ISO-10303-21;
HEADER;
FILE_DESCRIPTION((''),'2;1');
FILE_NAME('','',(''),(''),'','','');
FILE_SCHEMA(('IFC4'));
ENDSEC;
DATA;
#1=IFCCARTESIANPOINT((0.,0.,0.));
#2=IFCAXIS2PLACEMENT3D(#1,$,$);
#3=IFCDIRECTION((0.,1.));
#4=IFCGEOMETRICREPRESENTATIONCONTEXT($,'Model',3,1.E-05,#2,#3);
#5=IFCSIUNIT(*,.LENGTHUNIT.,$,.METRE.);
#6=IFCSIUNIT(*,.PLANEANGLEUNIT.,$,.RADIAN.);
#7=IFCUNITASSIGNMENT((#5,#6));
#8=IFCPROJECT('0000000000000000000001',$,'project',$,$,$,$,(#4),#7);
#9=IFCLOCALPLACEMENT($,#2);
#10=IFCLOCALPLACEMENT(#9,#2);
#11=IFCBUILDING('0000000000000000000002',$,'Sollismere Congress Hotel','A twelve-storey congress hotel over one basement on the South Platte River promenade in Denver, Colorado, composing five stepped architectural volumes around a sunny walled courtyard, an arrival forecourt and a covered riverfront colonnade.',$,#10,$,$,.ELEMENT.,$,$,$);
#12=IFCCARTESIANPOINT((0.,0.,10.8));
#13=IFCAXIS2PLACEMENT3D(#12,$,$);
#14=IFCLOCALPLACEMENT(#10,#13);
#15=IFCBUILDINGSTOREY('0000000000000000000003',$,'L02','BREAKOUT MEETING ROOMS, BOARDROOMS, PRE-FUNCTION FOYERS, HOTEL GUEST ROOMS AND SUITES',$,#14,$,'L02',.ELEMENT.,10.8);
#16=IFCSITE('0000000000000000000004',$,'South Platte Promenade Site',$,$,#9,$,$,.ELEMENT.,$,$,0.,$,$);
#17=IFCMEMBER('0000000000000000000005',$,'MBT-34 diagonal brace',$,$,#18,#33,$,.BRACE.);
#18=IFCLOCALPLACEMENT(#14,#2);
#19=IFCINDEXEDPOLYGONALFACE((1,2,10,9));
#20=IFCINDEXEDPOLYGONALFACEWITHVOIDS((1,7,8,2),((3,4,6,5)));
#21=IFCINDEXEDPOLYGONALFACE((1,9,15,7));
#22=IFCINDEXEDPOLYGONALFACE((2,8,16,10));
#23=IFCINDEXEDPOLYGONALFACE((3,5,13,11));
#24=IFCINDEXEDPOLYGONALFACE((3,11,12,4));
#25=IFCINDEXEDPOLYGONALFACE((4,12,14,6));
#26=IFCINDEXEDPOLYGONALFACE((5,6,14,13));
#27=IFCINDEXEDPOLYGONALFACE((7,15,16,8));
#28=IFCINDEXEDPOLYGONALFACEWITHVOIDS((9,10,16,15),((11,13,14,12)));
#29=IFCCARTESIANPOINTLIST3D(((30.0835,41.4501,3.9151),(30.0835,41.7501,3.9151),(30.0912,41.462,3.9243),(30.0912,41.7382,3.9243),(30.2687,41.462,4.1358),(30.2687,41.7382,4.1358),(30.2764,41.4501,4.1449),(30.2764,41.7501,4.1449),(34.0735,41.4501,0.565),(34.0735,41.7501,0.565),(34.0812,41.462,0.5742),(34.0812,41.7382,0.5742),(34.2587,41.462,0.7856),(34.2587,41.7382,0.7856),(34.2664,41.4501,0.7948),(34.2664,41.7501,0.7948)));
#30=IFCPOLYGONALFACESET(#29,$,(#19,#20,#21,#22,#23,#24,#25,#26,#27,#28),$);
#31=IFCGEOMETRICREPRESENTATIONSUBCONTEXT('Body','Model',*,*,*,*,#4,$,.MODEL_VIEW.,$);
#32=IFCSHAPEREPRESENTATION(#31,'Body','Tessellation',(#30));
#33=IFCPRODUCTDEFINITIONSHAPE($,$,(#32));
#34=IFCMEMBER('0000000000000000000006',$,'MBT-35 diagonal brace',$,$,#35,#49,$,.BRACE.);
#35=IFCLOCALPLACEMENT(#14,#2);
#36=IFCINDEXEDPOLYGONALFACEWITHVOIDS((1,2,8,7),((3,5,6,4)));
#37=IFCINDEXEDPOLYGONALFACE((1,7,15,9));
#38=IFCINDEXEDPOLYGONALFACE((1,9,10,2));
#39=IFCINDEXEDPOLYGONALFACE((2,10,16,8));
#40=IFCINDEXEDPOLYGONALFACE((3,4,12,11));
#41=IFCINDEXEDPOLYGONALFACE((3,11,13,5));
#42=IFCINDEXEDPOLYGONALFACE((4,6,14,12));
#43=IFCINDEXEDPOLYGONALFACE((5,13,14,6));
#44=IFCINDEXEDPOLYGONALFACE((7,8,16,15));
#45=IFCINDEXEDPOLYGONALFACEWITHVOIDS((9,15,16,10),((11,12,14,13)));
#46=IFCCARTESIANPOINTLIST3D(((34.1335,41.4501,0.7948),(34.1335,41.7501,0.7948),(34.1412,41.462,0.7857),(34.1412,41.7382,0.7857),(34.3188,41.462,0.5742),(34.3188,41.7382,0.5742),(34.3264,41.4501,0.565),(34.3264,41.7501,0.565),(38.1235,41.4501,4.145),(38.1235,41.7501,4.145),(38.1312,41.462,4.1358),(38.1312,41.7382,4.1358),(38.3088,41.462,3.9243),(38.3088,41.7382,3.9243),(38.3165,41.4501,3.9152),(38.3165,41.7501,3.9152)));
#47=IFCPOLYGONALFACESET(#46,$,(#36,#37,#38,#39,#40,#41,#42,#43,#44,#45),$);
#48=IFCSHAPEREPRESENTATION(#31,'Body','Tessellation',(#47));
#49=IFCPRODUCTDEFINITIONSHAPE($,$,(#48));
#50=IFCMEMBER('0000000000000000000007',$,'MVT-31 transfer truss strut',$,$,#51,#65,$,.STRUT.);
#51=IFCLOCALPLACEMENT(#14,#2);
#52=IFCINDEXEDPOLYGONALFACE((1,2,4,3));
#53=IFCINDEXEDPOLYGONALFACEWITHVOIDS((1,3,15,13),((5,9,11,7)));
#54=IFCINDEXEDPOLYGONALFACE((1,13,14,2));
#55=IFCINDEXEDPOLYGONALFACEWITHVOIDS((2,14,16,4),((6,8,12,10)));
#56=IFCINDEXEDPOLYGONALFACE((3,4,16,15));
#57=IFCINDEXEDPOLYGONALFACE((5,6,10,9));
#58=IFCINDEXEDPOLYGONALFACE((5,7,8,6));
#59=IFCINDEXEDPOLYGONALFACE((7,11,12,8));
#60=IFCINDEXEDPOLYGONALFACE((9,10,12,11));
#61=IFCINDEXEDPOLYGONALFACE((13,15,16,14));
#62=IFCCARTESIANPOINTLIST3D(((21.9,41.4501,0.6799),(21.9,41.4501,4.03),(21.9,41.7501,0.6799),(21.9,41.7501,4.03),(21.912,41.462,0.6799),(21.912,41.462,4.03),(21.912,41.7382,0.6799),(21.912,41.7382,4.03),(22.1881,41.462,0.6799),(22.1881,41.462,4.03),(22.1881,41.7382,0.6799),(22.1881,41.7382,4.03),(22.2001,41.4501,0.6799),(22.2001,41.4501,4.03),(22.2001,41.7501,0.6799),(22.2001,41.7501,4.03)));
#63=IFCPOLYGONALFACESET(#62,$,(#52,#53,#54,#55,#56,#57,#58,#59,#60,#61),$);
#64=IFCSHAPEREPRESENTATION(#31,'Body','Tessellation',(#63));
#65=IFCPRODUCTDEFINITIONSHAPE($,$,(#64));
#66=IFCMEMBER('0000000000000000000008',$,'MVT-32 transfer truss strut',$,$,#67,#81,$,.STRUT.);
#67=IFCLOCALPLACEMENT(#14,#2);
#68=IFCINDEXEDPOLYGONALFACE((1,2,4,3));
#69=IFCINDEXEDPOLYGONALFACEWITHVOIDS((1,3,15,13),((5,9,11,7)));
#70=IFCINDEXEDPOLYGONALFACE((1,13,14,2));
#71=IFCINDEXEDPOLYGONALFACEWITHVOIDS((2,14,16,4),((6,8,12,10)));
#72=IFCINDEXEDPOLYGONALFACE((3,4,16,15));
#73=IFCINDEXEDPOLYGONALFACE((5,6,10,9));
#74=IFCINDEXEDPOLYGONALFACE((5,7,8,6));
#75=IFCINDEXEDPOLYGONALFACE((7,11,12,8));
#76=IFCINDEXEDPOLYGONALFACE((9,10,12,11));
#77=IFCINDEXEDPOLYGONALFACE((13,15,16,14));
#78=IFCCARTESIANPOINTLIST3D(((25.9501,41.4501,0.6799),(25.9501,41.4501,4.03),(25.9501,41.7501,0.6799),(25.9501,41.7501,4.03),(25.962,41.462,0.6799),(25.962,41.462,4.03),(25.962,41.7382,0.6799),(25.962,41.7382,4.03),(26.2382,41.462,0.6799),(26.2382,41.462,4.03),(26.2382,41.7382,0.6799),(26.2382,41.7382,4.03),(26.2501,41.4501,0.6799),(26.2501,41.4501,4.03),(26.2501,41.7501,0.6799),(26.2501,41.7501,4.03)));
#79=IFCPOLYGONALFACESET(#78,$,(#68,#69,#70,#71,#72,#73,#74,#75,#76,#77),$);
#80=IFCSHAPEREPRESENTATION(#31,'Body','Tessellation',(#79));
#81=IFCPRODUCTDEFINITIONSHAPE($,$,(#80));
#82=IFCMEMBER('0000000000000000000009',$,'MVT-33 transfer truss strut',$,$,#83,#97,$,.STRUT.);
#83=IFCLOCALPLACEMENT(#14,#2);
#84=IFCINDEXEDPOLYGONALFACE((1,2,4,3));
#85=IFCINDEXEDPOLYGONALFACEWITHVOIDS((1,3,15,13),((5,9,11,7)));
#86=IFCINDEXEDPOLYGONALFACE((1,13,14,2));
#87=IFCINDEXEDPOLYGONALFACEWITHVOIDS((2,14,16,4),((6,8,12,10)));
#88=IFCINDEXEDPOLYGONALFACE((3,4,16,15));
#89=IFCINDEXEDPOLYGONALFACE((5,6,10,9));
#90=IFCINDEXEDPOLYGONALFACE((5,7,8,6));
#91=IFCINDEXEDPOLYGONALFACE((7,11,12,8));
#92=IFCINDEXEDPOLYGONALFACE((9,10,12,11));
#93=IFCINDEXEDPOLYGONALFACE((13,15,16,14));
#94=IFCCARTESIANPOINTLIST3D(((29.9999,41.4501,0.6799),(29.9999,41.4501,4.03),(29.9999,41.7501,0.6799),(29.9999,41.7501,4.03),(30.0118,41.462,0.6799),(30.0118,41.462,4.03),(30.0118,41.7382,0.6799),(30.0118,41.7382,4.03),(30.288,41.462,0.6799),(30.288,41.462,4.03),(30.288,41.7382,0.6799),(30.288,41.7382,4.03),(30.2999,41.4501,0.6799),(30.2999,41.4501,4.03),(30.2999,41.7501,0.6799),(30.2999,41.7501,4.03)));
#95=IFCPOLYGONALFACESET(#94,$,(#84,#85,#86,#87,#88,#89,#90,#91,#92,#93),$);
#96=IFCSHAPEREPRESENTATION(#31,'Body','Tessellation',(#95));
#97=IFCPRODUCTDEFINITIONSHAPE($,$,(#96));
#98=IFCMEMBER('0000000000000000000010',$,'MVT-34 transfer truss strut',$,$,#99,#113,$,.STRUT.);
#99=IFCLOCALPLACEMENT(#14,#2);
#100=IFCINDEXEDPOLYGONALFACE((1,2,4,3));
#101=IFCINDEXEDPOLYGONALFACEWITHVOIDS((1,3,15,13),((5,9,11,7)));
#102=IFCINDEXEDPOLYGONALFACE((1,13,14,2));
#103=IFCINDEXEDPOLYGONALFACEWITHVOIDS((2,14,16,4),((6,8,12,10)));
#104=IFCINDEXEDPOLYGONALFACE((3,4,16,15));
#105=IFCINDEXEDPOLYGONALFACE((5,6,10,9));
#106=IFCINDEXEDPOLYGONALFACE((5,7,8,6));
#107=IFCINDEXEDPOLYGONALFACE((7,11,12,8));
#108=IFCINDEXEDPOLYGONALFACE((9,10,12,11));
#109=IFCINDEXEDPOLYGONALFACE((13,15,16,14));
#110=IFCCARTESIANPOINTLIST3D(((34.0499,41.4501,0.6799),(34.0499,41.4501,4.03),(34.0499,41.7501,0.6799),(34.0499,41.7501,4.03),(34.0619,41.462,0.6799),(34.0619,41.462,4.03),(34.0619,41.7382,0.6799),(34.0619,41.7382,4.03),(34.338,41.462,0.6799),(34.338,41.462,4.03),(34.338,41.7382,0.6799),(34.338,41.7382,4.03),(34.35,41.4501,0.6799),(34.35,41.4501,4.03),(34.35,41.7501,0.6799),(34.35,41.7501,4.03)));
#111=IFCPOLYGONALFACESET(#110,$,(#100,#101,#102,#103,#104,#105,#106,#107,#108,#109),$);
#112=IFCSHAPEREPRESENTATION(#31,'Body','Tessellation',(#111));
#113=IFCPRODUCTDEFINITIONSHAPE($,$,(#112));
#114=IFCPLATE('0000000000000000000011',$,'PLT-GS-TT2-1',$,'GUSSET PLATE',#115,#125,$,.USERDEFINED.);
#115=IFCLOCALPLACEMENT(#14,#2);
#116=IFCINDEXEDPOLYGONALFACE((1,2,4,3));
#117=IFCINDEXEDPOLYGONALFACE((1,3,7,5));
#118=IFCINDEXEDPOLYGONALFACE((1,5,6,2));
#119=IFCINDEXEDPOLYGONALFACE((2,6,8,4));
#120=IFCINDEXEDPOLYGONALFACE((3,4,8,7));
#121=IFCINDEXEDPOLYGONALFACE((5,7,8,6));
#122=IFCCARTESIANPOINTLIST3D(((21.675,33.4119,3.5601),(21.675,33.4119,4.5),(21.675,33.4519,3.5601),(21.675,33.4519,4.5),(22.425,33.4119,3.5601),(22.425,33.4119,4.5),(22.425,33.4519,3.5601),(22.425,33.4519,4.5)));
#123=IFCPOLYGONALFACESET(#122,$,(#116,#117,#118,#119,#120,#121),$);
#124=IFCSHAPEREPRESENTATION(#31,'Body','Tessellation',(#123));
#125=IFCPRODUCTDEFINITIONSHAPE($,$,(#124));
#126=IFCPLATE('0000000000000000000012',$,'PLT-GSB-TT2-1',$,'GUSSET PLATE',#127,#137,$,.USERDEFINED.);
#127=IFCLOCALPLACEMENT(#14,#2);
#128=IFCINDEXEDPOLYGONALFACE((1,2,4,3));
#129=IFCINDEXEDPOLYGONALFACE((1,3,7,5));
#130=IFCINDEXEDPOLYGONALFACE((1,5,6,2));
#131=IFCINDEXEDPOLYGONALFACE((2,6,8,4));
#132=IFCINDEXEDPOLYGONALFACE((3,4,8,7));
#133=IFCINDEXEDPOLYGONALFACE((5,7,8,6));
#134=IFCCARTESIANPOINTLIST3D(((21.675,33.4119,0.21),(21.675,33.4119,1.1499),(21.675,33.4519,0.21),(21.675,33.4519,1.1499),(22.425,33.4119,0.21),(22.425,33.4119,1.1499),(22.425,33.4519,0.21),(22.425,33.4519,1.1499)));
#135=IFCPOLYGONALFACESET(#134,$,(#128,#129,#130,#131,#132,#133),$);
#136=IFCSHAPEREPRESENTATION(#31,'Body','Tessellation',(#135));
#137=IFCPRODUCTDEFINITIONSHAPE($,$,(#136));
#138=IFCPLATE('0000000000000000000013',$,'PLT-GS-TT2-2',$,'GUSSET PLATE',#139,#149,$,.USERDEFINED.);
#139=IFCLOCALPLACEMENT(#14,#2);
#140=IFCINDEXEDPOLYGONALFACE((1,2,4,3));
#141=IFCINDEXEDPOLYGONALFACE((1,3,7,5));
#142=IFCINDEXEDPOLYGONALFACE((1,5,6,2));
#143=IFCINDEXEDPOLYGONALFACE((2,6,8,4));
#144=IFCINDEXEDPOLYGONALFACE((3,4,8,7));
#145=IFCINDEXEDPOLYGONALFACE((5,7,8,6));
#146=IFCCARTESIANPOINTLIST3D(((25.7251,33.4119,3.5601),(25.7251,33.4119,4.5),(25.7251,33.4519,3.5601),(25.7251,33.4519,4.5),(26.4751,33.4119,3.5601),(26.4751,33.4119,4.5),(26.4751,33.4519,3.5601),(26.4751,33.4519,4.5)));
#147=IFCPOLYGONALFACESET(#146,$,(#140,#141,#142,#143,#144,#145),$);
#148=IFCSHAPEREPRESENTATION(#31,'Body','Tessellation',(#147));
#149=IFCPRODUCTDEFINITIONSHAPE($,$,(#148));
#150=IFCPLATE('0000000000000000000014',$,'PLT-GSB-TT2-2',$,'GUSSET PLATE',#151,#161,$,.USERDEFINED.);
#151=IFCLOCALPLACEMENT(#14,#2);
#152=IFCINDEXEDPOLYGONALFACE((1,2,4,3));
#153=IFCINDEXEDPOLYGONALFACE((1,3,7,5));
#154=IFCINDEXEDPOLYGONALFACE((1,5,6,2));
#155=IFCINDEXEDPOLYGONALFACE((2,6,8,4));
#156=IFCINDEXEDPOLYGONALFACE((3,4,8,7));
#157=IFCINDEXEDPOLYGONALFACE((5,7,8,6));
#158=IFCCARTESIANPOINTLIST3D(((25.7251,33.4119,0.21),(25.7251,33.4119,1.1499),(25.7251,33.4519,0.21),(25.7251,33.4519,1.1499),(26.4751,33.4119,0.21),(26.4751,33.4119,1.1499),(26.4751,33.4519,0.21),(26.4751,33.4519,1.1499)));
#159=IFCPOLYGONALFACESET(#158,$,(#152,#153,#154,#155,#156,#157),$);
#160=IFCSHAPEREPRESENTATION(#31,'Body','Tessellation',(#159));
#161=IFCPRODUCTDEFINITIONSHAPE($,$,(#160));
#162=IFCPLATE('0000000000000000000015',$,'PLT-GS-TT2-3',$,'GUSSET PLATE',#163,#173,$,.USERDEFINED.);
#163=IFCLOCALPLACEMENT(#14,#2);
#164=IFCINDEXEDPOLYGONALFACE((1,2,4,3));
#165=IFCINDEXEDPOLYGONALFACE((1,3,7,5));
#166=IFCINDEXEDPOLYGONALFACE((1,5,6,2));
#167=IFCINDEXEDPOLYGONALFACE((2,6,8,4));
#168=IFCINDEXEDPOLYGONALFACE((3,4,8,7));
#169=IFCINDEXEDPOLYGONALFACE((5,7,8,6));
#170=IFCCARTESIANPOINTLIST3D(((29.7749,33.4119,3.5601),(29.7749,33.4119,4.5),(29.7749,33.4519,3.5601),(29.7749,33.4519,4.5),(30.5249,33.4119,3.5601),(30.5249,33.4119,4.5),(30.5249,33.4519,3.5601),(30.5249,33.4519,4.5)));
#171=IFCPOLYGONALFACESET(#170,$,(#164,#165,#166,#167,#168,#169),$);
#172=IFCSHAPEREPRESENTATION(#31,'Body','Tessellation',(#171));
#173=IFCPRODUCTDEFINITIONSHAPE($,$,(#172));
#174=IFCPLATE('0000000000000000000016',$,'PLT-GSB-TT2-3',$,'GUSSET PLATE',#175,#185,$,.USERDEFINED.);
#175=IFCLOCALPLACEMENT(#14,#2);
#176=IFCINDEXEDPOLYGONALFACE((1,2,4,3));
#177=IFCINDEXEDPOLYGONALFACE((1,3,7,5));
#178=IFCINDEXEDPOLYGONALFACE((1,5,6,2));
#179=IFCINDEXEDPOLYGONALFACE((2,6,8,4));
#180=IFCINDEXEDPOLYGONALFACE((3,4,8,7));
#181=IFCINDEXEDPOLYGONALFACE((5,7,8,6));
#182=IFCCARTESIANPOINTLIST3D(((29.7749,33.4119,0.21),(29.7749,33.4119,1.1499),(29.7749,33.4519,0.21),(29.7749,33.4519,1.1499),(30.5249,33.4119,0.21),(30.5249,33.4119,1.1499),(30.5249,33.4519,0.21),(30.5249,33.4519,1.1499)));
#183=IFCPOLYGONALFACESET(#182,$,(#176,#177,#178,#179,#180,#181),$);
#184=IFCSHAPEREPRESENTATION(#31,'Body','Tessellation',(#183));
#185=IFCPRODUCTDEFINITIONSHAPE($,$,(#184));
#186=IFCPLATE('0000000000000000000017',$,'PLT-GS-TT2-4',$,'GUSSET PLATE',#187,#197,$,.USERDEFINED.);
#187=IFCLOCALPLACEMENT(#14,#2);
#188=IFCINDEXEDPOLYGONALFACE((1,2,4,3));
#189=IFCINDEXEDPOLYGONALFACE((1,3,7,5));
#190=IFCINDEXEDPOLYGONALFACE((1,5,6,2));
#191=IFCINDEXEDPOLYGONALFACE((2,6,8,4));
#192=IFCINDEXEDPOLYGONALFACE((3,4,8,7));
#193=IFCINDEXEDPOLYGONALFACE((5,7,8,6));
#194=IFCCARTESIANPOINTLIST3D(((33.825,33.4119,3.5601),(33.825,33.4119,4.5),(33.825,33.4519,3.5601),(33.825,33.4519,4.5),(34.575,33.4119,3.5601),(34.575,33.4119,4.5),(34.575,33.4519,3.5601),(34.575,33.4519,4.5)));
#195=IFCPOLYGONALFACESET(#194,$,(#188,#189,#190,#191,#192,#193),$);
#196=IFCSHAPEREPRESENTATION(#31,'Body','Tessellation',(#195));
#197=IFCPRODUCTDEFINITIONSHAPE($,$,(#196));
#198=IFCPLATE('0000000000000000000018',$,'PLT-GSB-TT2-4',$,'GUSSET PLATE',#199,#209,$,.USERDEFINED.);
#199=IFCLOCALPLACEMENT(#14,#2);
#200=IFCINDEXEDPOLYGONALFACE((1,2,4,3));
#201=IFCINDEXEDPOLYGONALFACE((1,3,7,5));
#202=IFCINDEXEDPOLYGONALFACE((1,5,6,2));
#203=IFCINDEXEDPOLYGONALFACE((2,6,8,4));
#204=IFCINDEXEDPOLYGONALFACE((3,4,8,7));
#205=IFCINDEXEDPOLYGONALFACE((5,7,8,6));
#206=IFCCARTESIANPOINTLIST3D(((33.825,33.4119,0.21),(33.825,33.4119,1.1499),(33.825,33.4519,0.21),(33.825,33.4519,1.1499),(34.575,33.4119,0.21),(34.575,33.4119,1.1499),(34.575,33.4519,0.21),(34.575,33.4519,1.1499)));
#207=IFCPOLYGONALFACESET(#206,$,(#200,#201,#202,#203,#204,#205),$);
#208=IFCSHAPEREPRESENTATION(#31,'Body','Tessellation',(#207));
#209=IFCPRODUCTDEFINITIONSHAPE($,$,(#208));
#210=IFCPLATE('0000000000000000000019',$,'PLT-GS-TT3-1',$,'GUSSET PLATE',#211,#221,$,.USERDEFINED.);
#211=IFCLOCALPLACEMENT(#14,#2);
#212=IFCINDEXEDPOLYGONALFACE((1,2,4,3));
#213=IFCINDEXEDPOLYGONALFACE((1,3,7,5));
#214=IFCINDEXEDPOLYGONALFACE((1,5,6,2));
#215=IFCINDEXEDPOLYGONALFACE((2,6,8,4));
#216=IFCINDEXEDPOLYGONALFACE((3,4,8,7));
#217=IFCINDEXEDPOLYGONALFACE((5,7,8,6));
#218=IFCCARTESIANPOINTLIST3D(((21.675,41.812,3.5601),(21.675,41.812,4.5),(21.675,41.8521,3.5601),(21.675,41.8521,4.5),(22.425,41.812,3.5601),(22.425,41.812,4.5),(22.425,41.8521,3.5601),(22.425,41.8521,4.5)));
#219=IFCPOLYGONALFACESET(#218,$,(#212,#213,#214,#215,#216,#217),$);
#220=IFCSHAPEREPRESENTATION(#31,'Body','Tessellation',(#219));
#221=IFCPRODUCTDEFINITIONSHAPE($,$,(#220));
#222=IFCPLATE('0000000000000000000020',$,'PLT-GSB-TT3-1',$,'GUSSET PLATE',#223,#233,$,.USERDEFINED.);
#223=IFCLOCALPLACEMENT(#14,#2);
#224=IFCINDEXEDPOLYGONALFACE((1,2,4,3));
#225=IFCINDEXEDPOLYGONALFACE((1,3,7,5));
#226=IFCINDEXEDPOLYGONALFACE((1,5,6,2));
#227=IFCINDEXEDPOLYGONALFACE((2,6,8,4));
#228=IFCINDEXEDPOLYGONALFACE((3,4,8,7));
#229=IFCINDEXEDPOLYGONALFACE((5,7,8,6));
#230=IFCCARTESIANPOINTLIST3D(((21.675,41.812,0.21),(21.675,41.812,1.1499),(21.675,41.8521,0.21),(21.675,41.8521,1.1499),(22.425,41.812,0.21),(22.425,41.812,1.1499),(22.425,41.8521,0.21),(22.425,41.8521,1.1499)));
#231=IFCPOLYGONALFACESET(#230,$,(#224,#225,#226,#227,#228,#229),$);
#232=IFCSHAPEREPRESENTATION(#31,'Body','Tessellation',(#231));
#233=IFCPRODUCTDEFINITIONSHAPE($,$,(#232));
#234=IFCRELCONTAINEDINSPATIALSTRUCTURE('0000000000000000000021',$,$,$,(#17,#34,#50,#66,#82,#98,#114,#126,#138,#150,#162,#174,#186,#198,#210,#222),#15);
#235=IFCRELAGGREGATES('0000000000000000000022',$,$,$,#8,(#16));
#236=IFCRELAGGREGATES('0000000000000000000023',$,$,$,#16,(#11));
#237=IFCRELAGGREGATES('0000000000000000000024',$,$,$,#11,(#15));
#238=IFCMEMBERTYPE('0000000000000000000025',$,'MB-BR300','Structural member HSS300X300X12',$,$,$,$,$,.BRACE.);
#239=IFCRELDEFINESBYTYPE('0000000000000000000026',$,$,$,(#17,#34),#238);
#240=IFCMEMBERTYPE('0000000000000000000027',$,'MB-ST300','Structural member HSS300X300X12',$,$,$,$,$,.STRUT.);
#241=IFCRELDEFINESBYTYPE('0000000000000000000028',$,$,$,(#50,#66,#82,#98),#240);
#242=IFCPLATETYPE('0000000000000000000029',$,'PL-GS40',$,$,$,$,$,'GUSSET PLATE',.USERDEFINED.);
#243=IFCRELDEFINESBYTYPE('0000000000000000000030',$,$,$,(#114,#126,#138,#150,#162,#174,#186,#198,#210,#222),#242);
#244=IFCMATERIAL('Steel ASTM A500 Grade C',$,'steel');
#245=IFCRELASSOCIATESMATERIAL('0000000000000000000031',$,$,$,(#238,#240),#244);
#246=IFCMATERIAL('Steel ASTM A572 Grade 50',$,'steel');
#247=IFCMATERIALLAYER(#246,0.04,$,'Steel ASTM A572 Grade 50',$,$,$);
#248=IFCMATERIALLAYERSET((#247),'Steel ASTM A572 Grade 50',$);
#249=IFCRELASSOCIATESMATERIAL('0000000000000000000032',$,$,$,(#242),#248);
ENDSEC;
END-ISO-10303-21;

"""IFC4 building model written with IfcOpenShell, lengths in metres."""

from ifc_helpers import new_model, si_unit, direction, frame, origin, origin_2d, place, context, subcontext, project, spatial, rectangle, hollow_rectangle, extrude, material, layer, layer_set, material_profile, profile_set, type_object, element, save


model = new_model("IFC4")

# Units and contexts
model_context = context("Model", 3, precision=1e-05, world=origin(), true_north=direction((0.0, 1.0)))
body_context = subcontext(model_context, "Body", "Model", "MODEL_VIEW")
ifc_project = project(units=[si_unit("LENGTHUNIT", "METRE"), si_unit("PLANEANGLEUNIT", "RADIAN")], contexts=[model_context])

# Site, building, storey
site_placement = place(None, origin())
site = spatial("IfcSite", under=ifc_project, at=site_placement, Name="South Platte Promenade Site", CompositionType="ELEMENT", RefElevation=0.0)
building_placement = place(site_placement, origin())
building = spatial("IfcBuilding", under=site, at=building_placement, Name="Sollismere Congress Hotel", Description="A twelve-storey congress hotel over one basement on the South Platte River promenade in Denver, Colorado, composing five stepped architectural volumes around a sunny walled courtyard, an arrival forecourt and a covered riverfront colonnade.", CompositionType="ELEMENT")
storey_placement = place(building_placement, frame((0.0, 0.0, 10.8)))
storey = spatial("IfcBuildingStorey", under=building, at=storey_placement, Name="L02", Description="BREAKOUT MEETING ROOMS, BOARDROOMS, PRE-FUNCTION FOYERS, HOTEL GUEST ROOMS AND SUITES", LongName="L02", CompositionType="ELEMENT", Elevation=10.8)

# Members
ifc_material_1 = material(Name="Steel ASTM A500 Grade C", Category="steel")
ifc_material_profile_1 = material_profile(ifc_material_1, hollow_rectangle(XDim=0.3, YDim=0.3, WallThickness=0.012, at=origin_2d()), Name="HSS300X300X12")
ifc_profile_set_1 = profile_set([ifc_material_profile_1], Name="Steel ASTM A500 Grade C")
member_type_1 = type_object("IfcMemberType", Name="MB-BR300", Description="Structural member HSS300X300X12", PredefinedType="BRACE", material=ifc_profile_set_1)
for number, where, z_axis, x_axis, name in (
    (1, (30.1799, 41.6001, 4.03), (0.765846, 0.0, -0.643024), (0.0, 1.0, 0.0), "MBT-34 diagonal brace"),
    (2, (34.23, 41.6001, 0.6799), (0.765846, 0.0, 0.643024), (0.0, 1.0, 0.0), "MBT-35 diagonal brace"),
):
    element("IfcMember", number, at=place(storey_placement, frame(where, z_axis=z_axis, x_axis=x_axis)), inside=storey, type_object=member_type_1, Name=name, PredefinedType="BRACE", context=body_context, shape_type="SweptSolid", body=[
        extrude(hollow_rectangle(XDim=0.3, YDim=0.3, WallThickness=0.012, at=origin_2d()), origin(), (0.0, 0.0, 1.0), 5.21),
    ])
ifc_material_profile_2 = material_profile(ifc_material_1, hollow_rectangle(XDim=0.3, YDim=0.3, WallThickness=0.012, at=origin_2d()), Name="HSS300X300X12")
ifc_profile_set_2 = profile_set([ifc_material_profile_2], Name="Steel ASTM A500 Grade C")
member_type_2 = type_object("IfcMemberType", Name="MB-ST300", Description="Structural member HSS300X300X12", PredefinedType="STRUT", material=ifc_profile_set_2)
for number, where, z_axis, x_axis, name in (
    (3, (22.05, 41.6001, 0.6799), (0.0, 0.0, 1.0), (1.0, 0.0, 0.0), "MVT-31 transfer truss strut"),
    (4, (26.1001, 41.6001, 0.6799), (0.0, 0.0, 1.0), (1.0, 0.0, 0.0), "MVT-32 transfer truss strut"),
    (5, (30.1499, 41.6001, 0.6799), (0.0, 0.0, 1.0), (1.0, 0.0, 0.0), "MVT-33 transfer truss strut"),
    (6, (34.2, 41.6001, 0.6799), (0.0, 0.0, 1.0), (1.0, 0.0, 0.0), "MVT-34 transfer truss strut"),
):
    element("IfcMember", number, at=place(storey_placement, frame(where, z_axis=z_axis, x_axis=x_axis)), inside=storey, type_object=member_type_2, Name=name, PredefinedType="STRUT", context=body_context, shape_type="SweptSolid", body=[
        extrude(hollow_rectangle(XDim=0.3, YDim=0.3, WallThickness=0.012, at=origin_2d()), origin(), (0.0, 0.0, 1.0), 3.3501),
    ])

# Plates
ifc_material_2 = material(Name="Steel ASTM A572 Grade 50", Category="steel")
ifc_layer = layer(ifc_material_2, 0.04, Name="Steel ASTM A572 Grade 50")
ifc_layer_set = layer_set([ifc_layer], Name="Steel ASTM A572 Grade 50")
plate_type = type_object("IfcPlateType", Name="PL-GS40", ElementType="GUSSET PLATE", PredefinedType="USERDEFINED", material=ifc_layer_set)
for number, where, z_axis, x_axis, name in (
    (7, (22.05, 33.4319, 3.5601), (0.0, 0.0, 1.0), (1.0, 0.0, 0.0), "PLT-GS-TT2-1"),
    (8, (22.05, 33.4319, 0.21), (0.0, 0.0, 1.0), (1.0, 0.0, 0.0), "PLT-GSB-TT2-1"),
    (9, (26.1001, 33.4319, 3.5601), (0.0, 0.0, 1.0), (1.0, 0.0, 0.0), "PLT-GS-TT2-2"),
    (10, (26.1001, 33.4319, 0.21), (0.0, 0.0, 1.0), (1.0, 0.0, 0.0), "PLT-GSB-TT2-2"),
    (11, (30.1499, 33.4319, 3.5601), (0.0, 0.0, 1.0), (1.0, 0.0, 0.0), "PLT-GS-TT2-3"),
    (12, (30.1499, 33.4319, 0.21), (0.0, 0.0, 1.0), (1.0, 0.0, 0.0), "PLT-GSB-TT2-3"),
    (13, (34.2, 33.4319, 3.5601), (0.0, 0.0, 1.0), (1.0, 0.0, 0.0), "PLT-GS-TT2-4"),
    (14, (34.2, 33.4319, 0.21), (0.0, 0.0, 1.0), (1.0, 0.0, 0.0), "PLT-GSB-TT2-4"),
    (15, (22.05, 41.832, 3.5601), (0.0, 0.0, 1.0), (1.0, 0.0, 0.0), "PLT-GS-TT3-1"),
    (16, (22.05, 41.832, 0.21), (0.0, 0.0, 1.0), (1.0, 0.0, 0.0), "PLT-GSB-TT3-1"),
):
    element("IfcPlate", number, at=place(storey_placement, frame(where, z_axis=z_axis, x_axis=x_axis)), inside=storey, type_object=plate_type, Name=name, ObjectType="GUSSET PLATE", PredefinedType="USERDEFINED", context=body_context, shape_type="SweptSolid", body=[
        extrude(rectangle(XDim=0.75, YDim=0.04, at=origin_2d()), origin(), (0.0, 0.0, 1.0), 0.9399),
    ])

save(model, "model.ifc")
